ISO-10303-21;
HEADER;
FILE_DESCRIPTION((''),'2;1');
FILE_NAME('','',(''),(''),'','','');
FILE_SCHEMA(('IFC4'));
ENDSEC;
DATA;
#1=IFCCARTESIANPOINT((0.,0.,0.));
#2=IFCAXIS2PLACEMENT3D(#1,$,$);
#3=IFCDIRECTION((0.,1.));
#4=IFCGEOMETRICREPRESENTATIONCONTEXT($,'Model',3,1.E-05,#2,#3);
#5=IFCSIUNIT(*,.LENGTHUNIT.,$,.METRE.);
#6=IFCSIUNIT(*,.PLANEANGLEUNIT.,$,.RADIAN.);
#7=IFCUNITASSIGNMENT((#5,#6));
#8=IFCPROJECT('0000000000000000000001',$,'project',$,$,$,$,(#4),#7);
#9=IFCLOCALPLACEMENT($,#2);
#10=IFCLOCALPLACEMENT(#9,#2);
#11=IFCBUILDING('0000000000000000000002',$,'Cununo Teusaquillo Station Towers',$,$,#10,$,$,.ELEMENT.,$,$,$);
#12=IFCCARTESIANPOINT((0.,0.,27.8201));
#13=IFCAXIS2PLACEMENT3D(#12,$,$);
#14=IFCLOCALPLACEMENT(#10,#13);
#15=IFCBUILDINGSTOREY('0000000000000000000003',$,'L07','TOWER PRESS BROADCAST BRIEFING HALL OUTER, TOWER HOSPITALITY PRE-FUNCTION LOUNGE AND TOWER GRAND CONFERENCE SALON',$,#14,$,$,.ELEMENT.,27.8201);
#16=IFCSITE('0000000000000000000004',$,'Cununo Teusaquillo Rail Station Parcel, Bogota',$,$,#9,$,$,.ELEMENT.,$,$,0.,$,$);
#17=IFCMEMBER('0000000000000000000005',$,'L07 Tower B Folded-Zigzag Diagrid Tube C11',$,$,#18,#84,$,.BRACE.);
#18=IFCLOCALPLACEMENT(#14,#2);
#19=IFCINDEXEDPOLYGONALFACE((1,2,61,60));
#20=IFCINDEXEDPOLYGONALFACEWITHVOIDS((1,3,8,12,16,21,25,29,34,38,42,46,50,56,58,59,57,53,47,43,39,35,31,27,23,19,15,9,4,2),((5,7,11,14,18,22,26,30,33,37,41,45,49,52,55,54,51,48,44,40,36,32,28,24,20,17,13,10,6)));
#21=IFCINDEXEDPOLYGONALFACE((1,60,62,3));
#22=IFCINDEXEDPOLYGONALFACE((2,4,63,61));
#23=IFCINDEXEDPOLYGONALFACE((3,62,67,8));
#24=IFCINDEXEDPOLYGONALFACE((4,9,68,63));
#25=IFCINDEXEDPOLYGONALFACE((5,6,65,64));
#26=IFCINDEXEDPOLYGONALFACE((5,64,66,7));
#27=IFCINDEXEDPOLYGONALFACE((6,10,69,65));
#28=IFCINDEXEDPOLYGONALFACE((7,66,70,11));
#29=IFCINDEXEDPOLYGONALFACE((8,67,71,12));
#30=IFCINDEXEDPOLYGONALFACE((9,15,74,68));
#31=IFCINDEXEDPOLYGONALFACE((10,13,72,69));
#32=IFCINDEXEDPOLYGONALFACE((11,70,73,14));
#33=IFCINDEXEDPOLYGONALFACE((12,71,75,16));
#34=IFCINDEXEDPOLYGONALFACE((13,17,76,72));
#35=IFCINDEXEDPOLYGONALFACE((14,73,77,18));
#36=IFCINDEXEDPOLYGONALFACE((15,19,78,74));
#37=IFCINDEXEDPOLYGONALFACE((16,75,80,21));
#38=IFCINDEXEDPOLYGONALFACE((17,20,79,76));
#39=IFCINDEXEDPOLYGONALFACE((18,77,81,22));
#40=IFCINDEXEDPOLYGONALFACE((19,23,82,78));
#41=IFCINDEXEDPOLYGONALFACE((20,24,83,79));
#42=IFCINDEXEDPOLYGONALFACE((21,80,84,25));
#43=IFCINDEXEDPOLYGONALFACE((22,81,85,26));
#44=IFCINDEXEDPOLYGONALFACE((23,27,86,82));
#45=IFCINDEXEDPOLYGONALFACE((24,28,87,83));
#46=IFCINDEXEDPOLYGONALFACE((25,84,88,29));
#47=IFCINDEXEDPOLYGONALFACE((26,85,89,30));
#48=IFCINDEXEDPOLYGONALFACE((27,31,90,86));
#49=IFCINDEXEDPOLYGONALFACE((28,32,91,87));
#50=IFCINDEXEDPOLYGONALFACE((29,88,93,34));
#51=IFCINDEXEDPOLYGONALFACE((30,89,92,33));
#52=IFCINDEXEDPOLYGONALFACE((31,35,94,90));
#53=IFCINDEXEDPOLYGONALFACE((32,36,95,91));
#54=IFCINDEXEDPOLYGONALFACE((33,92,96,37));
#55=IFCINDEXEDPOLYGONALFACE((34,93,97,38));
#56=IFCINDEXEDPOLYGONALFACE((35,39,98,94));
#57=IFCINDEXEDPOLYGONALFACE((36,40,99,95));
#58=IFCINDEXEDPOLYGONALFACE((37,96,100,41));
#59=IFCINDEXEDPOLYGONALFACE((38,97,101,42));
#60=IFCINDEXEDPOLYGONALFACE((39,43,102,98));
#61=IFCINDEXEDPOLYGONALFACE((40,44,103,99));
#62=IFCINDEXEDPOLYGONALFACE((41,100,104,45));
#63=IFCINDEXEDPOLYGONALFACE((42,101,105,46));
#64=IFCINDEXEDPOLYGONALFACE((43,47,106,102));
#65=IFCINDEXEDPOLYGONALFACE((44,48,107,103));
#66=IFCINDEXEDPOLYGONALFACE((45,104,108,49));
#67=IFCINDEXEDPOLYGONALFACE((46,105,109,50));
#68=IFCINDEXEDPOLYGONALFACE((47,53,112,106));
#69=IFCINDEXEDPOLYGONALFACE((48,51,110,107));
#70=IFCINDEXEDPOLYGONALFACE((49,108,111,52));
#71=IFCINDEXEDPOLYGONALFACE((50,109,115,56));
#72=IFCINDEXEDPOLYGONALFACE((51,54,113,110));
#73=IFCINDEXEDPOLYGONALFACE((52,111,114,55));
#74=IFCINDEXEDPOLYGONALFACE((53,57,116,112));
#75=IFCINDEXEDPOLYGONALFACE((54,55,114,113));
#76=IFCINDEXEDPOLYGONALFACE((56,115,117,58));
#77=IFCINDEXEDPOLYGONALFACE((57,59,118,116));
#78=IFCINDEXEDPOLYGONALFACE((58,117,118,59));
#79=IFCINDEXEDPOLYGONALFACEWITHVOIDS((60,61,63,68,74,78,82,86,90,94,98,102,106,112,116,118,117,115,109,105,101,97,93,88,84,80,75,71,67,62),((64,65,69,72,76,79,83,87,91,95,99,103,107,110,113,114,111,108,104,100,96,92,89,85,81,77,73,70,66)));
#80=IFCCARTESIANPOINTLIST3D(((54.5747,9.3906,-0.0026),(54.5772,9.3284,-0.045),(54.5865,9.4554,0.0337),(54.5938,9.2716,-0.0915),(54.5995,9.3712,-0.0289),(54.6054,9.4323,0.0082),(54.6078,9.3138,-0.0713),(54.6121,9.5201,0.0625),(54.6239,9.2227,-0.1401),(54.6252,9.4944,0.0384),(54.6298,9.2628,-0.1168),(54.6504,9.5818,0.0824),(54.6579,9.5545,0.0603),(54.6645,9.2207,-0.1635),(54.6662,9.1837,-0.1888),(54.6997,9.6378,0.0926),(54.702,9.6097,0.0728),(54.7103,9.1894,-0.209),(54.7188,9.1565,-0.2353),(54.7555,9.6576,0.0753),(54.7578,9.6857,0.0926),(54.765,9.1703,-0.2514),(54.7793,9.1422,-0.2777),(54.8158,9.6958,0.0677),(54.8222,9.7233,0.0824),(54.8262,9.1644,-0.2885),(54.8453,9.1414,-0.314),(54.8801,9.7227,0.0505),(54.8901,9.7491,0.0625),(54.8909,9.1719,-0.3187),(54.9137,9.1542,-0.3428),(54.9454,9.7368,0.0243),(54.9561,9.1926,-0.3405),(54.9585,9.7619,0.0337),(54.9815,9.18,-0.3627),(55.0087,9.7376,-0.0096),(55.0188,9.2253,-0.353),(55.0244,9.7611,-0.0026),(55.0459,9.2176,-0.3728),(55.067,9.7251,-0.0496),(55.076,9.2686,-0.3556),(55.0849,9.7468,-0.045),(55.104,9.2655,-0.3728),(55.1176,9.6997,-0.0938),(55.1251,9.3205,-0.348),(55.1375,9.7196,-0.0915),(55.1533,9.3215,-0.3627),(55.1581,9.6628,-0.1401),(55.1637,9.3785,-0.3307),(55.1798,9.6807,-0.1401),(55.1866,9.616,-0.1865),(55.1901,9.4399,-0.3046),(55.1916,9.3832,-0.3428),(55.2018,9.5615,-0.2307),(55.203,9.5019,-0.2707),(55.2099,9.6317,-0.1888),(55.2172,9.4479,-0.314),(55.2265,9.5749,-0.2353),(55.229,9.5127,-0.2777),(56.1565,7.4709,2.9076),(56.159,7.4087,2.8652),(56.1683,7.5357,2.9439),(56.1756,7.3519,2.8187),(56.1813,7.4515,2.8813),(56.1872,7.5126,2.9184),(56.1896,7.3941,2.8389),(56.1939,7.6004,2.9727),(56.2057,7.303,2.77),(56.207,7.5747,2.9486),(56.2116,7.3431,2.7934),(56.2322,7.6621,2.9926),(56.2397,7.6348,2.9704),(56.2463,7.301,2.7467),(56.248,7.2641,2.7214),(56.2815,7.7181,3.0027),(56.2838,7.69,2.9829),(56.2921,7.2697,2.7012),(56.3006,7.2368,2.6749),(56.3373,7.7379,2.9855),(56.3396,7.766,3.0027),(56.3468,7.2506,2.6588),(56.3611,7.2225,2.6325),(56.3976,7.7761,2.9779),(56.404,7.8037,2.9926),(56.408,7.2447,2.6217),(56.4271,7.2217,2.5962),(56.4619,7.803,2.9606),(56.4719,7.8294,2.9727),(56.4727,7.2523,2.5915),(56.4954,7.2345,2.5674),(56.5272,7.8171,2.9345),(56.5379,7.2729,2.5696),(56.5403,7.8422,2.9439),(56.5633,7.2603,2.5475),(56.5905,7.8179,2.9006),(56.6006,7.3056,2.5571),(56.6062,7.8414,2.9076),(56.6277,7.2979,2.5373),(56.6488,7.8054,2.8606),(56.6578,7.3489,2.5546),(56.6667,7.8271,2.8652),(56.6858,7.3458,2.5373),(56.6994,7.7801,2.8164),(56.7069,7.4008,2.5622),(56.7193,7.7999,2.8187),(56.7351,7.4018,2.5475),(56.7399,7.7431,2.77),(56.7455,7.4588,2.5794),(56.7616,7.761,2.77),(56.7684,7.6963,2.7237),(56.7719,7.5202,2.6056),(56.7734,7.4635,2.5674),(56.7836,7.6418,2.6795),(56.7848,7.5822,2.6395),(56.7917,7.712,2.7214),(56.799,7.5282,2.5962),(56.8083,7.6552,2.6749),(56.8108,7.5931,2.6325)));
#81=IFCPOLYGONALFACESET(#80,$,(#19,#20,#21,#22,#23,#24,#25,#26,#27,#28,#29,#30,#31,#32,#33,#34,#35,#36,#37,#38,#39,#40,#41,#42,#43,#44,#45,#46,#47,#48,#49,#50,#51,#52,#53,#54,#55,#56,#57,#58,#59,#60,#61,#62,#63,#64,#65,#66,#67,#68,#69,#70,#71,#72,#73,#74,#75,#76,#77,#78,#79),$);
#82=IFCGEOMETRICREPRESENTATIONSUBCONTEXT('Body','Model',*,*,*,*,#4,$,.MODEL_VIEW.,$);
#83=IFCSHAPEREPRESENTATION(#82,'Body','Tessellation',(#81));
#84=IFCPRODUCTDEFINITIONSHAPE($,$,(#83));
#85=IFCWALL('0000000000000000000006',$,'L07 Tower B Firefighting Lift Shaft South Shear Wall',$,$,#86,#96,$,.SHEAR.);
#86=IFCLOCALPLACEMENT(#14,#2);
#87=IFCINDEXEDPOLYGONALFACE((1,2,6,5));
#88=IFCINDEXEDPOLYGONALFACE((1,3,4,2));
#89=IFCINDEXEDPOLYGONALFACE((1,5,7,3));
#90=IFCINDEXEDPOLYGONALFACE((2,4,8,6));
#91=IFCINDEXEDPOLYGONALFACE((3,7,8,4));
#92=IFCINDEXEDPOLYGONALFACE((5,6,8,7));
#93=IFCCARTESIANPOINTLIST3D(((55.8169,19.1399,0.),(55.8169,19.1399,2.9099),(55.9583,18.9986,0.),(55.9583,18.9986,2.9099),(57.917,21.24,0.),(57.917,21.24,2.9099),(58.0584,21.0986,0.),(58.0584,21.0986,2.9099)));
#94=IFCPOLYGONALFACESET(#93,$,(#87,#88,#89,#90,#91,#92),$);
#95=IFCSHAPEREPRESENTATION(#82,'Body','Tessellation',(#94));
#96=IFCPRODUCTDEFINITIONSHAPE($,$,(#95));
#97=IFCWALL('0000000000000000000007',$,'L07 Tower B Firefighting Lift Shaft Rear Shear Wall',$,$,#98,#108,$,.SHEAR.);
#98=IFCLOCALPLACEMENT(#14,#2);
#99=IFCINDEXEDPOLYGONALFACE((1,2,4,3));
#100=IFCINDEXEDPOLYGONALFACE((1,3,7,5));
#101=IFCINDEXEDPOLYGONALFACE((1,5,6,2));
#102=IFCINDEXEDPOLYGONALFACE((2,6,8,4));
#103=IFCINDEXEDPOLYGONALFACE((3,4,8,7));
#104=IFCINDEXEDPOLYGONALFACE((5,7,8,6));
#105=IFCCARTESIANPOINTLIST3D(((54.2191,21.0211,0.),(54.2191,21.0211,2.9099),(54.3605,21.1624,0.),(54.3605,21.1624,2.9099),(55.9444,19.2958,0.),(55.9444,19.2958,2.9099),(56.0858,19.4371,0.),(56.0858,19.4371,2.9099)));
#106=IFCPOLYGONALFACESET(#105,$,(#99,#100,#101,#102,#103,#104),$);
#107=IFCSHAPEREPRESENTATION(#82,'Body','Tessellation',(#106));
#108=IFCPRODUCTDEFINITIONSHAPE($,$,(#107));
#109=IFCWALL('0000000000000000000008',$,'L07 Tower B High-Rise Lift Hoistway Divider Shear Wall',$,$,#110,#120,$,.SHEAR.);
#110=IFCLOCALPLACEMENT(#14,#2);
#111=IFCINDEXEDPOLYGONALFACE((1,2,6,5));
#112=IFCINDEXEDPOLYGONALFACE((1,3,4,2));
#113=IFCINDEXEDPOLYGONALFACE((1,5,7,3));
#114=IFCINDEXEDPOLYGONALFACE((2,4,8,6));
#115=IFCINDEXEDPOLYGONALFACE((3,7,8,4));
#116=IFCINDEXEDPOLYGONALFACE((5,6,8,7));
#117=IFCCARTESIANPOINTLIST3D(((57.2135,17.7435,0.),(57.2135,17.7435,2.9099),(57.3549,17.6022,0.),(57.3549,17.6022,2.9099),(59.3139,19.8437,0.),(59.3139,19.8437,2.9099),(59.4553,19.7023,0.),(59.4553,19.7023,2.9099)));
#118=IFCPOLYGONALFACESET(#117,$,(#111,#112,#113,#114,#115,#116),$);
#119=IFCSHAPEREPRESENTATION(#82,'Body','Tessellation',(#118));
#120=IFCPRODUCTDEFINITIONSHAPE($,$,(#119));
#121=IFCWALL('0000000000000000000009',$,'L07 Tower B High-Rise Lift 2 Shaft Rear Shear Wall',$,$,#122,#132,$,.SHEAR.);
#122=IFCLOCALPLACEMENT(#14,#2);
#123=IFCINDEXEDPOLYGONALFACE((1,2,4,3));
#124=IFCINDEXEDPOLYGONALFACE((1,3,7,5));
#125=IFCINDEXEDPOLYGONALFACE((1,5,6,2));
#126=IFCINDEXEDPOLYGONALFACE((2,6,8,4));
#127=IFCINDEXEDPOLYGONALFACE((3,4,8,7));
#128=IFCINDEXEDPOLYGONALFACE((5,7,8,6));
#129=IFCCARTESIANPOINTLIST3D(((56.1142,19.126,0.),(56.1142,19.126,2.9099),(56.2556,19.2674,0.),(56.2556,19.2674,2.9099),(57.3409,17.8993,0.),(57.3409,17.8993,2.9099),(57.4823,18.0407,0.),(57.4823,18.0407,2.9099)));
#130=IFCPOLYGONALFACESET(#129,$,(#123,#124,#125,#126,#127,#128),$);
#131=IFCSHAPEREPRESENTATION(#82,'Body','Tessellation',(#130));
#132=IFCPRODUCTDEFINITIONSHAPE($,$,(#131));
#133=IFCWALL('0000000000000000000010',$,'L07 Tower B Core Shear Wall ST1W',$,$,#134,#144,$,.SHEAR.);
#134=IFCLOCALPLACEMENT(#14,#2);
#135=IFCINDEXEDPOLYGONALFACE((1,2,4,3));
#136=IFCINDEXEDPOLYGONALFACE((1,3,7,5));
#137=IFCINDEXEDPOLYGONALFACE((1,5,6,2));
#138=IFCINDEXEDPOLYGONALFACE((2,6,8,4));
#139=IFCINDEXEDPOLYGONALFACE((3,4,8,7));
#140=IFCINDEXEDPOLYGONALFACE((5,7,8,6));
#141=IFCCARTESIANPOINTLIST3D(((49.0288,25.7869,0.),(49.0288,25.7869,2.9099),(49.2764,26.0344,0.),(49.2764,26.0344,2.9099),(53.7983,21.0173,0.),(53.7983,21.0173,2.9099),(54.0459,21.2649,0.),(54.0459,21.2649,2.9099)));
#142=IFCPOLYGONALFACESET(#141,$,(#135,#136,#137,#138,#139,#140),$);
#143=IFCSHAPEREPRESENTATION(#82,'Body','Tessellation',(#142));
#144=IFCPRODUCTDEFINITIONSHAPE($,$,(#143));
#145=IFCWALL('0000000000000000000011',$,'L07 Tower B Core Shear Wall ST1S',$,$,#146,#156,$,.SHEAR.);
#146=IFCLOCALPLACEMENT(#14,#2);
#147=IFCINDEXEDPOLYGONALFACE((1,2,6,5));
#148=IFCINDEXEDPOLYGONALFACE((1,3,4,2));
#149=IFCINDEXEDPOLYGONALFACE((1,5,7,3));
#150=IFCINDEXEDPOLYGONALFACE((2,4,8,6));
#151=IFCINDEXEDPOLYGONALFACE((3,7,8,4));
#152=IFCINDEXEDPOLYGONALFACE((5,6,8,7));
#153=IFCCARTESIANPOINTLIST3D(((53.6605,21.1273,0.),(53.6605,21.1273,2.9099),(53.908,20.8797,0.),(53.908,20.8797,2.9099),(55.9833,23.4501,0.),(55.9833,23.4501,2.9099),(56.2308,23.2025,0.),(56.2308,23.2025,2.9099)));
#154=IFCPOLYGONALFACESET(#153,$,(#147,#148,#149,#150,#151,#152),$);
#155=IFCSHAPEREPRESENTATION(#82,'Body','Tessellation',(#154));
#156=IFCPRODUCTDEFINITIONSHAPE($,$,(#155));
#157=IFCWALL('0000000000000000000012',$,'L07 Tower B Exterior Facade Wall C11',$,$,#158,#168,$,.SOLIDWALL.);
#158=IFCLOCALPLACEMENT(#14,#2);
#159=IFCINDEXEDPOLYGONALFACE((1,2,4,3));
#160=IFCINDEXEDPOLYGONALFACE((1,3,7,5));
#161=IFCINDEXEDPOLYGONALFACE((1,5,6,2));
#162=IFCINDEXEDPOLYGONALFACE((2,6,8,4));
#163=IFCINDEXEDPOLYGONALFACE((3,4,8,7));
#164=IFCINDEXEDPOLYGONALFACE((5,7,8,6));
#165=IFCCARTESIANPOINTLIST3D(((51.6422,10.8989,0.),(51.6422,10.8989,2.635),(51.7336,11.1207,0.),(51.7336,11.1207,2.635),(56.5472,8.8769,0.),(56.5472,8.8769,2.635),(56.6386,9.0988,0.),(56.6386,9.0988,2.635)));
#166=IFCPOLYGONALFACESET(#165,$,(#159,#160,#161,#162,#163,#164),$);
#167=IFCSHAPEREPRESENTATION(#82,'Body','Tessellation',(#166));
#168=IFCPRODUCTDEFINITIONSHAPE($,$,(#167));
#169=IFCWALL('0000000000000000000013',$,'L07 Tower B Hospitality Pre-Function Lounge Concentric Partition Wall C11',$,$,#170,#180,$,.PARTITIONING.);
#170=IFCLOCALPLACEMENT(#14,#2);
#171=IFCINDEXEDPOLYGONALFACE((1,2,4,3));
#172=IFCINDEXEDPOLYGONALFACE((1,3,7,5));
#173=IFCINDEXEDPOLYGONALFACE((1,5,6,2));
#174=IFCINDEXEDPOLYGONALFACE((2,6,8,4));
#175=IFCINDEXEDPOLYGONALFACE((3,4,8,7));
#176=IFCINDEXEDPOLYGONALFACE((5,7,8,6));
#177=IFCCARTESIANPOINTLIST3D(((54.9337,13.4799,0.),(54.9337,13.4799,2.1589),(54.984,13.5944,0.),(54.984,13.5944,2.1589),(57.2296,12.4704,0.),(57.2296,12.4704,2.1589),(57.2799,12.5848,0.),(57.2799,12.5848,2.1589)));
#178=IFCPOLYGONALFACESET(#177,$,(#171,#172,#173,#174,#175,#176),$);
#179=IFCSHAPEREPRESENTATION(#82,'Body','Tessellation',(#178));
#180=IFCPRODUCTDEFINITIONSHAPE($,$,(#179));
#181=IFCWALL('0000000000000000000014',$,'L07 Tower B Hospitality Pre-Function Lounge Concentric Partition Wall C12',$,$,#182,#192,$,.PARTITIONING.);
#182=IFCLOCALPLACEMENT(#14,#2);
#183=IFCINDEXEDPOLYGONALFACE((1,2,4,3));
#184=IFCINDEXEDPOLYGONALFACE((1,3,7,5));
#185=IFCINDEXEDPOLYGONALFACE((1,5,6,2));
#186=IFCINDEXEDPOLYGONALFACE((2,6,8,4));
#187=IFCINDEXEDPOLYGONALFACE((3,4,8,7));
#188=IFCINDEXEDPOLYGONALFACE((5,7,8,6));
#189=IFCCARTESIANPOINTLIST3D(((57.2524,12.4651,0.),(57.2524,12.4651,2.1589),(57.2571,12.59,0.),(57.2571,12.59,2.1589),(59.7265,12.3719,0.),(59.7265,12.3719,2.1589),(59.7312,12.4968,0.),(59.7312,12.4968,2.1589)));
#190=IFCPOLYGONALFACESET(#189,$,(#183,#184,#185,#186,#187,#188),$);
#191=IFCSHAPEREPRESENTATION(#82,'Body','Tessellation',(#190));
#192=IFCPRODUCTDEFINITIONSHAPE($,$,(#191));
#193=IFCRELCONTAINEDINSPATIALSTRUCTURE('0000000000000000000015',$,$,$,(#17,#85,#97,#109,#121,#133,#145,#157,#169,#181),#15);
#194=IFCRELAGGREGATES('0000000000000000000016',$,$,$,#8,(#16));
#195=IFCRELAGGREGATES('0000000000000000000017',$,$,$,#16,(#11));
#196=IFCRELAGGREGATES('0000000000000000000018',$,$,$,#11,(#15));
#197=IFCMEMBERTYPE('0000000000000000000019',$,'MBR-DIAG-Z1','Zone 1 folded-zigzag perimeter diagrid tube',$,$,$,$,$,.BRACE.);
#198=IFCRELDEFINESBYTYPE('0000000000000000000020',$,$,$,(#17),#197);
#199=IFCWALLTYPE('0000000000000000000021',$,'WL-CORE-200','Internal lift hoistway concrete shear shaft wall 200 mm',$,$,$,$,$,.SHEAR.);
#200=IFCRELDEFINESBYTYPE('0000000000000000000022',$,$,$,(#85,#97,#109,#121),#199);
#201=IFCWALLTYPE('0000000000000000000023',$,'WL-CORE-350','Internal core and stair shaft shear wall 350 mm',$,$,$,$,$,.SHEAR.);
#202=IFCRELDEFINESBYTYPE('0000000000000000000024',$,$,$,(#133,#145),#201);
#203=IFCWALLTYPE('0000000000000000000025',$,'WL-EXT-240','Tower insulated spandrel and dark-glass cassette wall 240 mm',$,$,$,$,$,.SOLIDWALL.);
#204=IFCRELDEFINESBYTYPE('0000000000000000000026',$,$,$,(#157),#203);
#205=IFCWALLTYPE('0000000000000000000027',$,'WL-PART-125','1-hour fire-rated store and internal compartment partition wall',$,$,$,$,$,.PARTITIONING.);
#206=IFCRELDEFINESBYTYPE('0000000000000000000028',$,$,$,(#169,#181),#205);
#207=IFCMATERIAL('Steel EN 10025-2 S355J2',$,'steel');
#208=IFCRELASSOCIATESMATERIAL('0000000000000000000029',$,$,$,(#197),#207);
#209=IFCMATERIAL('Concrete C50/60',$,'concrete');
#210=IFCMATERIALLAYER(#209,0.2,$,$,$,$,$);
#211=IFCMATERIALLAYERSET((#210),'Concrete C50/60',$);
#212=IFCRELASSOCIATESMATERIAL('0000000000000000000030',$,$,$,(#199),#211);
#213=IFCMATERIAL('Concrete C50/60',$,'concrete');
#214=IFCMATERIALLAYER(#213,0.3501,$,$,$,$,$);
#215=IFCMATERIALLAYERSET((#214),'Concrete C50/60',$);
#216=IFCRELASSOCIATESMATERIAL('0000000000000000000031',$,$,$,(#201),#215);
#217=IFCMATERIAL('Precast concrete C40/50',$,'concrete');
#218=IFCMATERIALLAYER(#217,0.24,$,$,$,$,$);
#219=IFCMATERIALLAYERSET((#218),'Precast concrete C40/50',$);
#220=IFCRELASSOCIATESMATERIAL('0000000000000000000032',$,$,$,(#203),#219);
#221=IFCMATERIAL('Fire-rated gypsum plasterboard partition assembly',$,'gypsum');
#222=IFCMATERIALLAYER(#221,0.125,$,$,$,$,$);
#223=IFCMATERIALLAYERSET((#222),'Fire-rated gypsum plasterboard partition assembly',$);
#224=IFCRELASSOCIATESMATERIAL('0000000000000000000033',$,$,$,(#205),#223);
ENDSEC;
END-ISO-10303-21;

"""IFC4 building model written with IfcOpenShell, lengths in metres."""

from ifc_helpers import new_model, si_unit, direction, frame, frame_2d, origin, origin_2d, place, context, subcontext, project, spatial, rectangle, hollow_circle, extrude, material, layer, layer_set, material_profile, profile_set, type_object, element, save


model = new_model("IFC4")

# Units and contexts
model_context = context("Model", 3, precision=1e-05, world=origin(), true_north=direction((0.0, 1.0)))
body_context = subcontext(model_context, "Body", "Model", "MODEL_VIEW")
ifc_project = project(units=[si_unit("LENGTHUNIT", "METRE"), si_unit("PLANEANGLEUNIT", "RADIAN")], contexts=[model_context])

# Site, building, storey
site_placement = place(None, origin())
site = spatial("IfcSite", under=ifc_project, at=site_placement, Name="Cununo Teusaquillo Rail Station Parcel, Bogota", CompositionType="ELEMENT", RefElevation=0.0)
building_placement = place(site_placement, origin())
building = spatial("IfcBuilding", under=site, at=building_placement, Name="Cununo Teusaquillo Station Towers", CompositionType="ELEMENT")
storey_placement = place(building_placement, frame((0.0, 0.0, 27.8201)))
storey = spatial("IfcBuildingStorey", under=building, at=storey_placement, Name="L07", Description="TOWER PRESS BROADCAST BRIEFING HALL OUTER, TOWER HOSPITALITY PRE-FUNCTION LOUNGE AND TOWER GRAND CONFERENCE SALON", CompositionType="ELEMENT", Elevation=27.8201)

# Member
ifc_material_1 = material(Name="Steel EN 10025-2 S355J2", Category="steel")
ifc_material_profile_1 = material_profile(ifc_material_1, hollow_circle(Radius=0.3601, WallThickness=0.0281, at=origin_2d()), Name="CHS 720x28")
ifc_profile_set_1 = profile_set([ifc_material_profile_1], Name="Steel EN 10025-2 S355J2")
member_type = type_object("IfcMemberType", Name="MBR-DIAG-Z1", Description="Zone 1 folded-zigzag perimeter diagrid tube", PredefinedType="BRACE", material=ifc_profile_set_1)
member_placement = place(storey_placement, frame((54.9019, 9.4517, -0.1401), z_axis=(0.413178, -0.501438, 0.76016), x_axis=(0.771757, 0.635917, 0.0)))
element("IfcMember", 1, at=member_placement, inside=storey, type_object=member_type, Name="L07 Tower B Folded-Zigzag Diagrid Tube C11", PredefinedType="BRACE", context=body_context, shape_type="SweptSolid", body=[
    extrude(hollow_circle(Radius=0.3601, WallThickness=0.0281, at=origin_2d()), origin(), (0.0, 0.0, 1.0), 3.8284),
])

# Walls
ifc_material_2 = material(Name="Concrete C50/60", Category="concrete")
ifc_layer_1 = layer(ifc_material_2, 0.2)
ifc_layer_set_1 = layer_set([ifc_layer_1], Name="Concrete C50/60")
wall_type_1 = type_object("IfcWallType", Name="WL-CORE-200", Description="Internal lift hoistway concrete shear shaft wall 200 mm", PredefinedType="SHEAR", material=ifc_layer_set_1)
wall_1_placement = place(storey_placement, frame((55.8877, 19.0693, 0.0), z_axis=(0.0, 0.0, 1.0), x_axis=(0.707107, 0.707107, 0.0)))
element("IfcWall", 2, at=wall_1_placement, inside=storey, type_object=wall_type_1, Name="L07 Tower B Firefighting Lift Shaft South Shear Wall", PredefinedType="SHEAR", context=body_context, shape_type="SweptSolid", body=[
    extrude(rectangle(XDim=2.97, YDim=0.2, at=frame_2d((1.4849, 0.0))), origin(), (0.0, 0.0, 1.0), 2.9099),
])
wall_2_placement = place(storey_placement, frame((56.0151, 19.3665, 0.0), z_axis=(0.0, 0.0, 1.0), x_axis=(-0.707107, 0.707107, 0.0)))
element("IfcWall", 3, at=wall_2_placement, inside=storey, type_object=wall_type_1, Name="L07 Tower B Firefighting Lift Shaft Rear Shear Wall", PredefinedType="SHEAR", context=body_context, shape_type="SweptSolid", body=[
    extrude(rectangle(XDim=2.4399, YDim=0.2, at=frame_2d((1.22, 0.0))), origin(), (0.0, 0.0, 1.0), 2.9099),
])
wall_3_placement = place(storey_placement, frame((57.2842, 17.6729, 0.0), z_axis=(0.0, 0.0, 1.0), x_axis=(0.707148, 0.707066, 0.0)))
element("IfcWall", 4, at=wall_3_placement, inside=storey, type_object=wall_type_1, Name="L07 Tower B High-Rise Lift Hoistway Divider Shear Wall", PredefinedType="SHEAR", context=body_context, shape_type="SweptSolid", body=[
    extrude(rectangle(XDim=2.9702, YDim=0.2, at=frame_2d((1.4851, 0.0))), origin(), (0.0, 0.0, 1.0), 2.9099),
])
wall_4_placement = place(storey_placement, frame((57.4116, 17.97, 0.0), z_axis=(0.0, 0.0, 1.0), x_axis=(-0.707107, 0.707107, 0.0)))
element("IfcWall", 5, at=wall_4_placement, inside=storey, type_object=wall_type_1, Name="L07 Tower B High-Rise Lift 2 Shaft Rear Shear Wall", PredefinedType="SHEAR", context=body_context, shape_type="SweptSolid", body=[
    extrude(rectangle(XDim=1.7349, YDim=0.2, at=frame_2d((0.8674, 0.0))), origin(), (0.0, 0.0, 1.0), 2.9099),
])
ifc_material_3 = material(Name="Concrete C50/60", Category="concrete")
ifc_layer_2 = layer(ifc_material_3, 0.3501)
ifc_layer_set_2 = layer_set([ifc_layer_2], Name="Concrete C50/60")
wall_type_2 = type_object("IfcWallType", Name="WL-CORE-350", Description="Internal core and stair shaft shear wall 350 mm", PredefinedType="SHEAR", material=ifc_layer_set_2)
wall_5_placement = place(storey_placement, frame((53.9221, 21.1411, 0.0), z_axis=(0.0, 0.0, 1.0), x_axis=(-0.707107, 0.707107, 0.0)))
element("IfcWall", 6, at=wall_5_placement, inside=storey, type_object=wall_type_2, Name="L07 Tower B Core Shear Wall ST1W", PredefinedType="SHEAR", context=body_context, shape_type="SweptSolid", body=[
    extrude(rectangle(XDim=6.7451, YDim=0.3501, at=frame_2d((3.3726, 0.0))), origin(), (0.0, 0.0, 1.0), 2.9099),
])
wall_6_placement = place(storey_placement, frame((53.7842, 21.0034, 0.0), z_axis=(0.0, 0.0, 1.0), x_axis=(0.707107, 0.707107, 0.0)))
element("IfcWall", 7, at=wall_6_placement, inside=storey, type_object=wall_type_2, Name="L07 Tower B Core Shear Wall ST1S", PredefinedType="SHEAR", context=body_context, shape_type="SweptSolid", body=[
    extrude(rectangle(XDim=3.2849, YDim=0.3501, at=frame_2d((1.6426, 0.0))), origin(), (0.0, 0.0, 1.0), 2.9099),
])
ifc_material_4 = material(Name="Precast concrete C40/50", Category="concrete")
ifc_layer_3 = layer(ifc_material_4, 0.24)
ifc_layer_set_3 = layer_set([ifc_layer_3], Name="Precast concrete C40/50")
wall_type_3 = type_object("IfcWallType", Name="WL-EXT-240", Description="Tower insulated spandrel and dark-glass cassette wall 240 mm", PredefinedType="SOLIDWALL", material=ifc_layer_set_3)
wall_7_placement = place(storey_placement, frame((56.593, 8.9878, 0.0), z_axis=(0.0, 0.0, 1.0), x_axis=(-0.924528, 0.381113, 0.0)))
element("IfcWall", 8, at=wall_7_placement, inside=storey, type_object=wall_type_3, Name="L07 Tower B Exterior Facade Wall C11", PredefinedType="SOLIDWALL", context=body_context, shape_type="SweptSolid", body=[
    extrude(rectangle(XDim=5.3054, YDim=0.24, at=frame_2d((2.6528, 0.0))), origin(), (0.0, 0.0, 1.0), 2.635),
])
ifc_material_5 = material(Name="Fire-rated gypsum plasterboard partition assembly", Category="gypsum")
ifc_layer_4 = layer(ifc_material_5, 0.125)
ifc_layer_set_4 = layer_set([ifc_layer_4], Name="Fire-rated gypsum plasterboard partition assembly")
wall_type_4 = type_object("IfcWallType", Name="WL-PART-125", Description="1-hour fire-rated store and internal compartment partition wall", PredefinedType="PARTITIONING", material=ifc_layer_set_4)
wall_8_placement = place(storey_placement, frame((54.959, 13.5371, 0.0), z_axis=(0.0, 0.0, 1.0), x_axis=(0.915414, -0.402514, 0.0)))
element("IfcWall", 9, at=wall_8_placement, inside=storey, type_object=wall_type_4, Name="L07 Tower B Hospitality Pre-Function Lounge Concentric Partition Wall C11", PredefinedType="PARTITIONING", context=body_context, shape_type="SweptSolid", body=[
    extrude(rectangle(XDim=2.5081, YDim=0.125, at=frame_2d((1.2539, 0.0))), origin(), (0.0, 0.0, 1.0), 2.1589),
])
wall_9_placement = place(storey_placement, frame((57.2549, 12.5276, 0.0), z_axis=(0.0, 0.0, 1.0), x_axis=(0.99929, -0.037668, 0.0)))
element("IfcWall", 10, at=wall_9_placement, inside=storey, type_object=wall_type_4, Name="L07 Tower B Hospitality Pre-Function Lounge Concentric Partition Wall C12", PredefinedType="PARTITIONING", context=body_context, shape_type="SweptSolid", body=[
    extrude(rectangle(XDim=2.4758, YDim=0.125, at=frame_2d((1.2378, 0.0))), origin(), (0.0, 0.0, 1.0), 2.1589),
])

save(model, "model.ifc")
